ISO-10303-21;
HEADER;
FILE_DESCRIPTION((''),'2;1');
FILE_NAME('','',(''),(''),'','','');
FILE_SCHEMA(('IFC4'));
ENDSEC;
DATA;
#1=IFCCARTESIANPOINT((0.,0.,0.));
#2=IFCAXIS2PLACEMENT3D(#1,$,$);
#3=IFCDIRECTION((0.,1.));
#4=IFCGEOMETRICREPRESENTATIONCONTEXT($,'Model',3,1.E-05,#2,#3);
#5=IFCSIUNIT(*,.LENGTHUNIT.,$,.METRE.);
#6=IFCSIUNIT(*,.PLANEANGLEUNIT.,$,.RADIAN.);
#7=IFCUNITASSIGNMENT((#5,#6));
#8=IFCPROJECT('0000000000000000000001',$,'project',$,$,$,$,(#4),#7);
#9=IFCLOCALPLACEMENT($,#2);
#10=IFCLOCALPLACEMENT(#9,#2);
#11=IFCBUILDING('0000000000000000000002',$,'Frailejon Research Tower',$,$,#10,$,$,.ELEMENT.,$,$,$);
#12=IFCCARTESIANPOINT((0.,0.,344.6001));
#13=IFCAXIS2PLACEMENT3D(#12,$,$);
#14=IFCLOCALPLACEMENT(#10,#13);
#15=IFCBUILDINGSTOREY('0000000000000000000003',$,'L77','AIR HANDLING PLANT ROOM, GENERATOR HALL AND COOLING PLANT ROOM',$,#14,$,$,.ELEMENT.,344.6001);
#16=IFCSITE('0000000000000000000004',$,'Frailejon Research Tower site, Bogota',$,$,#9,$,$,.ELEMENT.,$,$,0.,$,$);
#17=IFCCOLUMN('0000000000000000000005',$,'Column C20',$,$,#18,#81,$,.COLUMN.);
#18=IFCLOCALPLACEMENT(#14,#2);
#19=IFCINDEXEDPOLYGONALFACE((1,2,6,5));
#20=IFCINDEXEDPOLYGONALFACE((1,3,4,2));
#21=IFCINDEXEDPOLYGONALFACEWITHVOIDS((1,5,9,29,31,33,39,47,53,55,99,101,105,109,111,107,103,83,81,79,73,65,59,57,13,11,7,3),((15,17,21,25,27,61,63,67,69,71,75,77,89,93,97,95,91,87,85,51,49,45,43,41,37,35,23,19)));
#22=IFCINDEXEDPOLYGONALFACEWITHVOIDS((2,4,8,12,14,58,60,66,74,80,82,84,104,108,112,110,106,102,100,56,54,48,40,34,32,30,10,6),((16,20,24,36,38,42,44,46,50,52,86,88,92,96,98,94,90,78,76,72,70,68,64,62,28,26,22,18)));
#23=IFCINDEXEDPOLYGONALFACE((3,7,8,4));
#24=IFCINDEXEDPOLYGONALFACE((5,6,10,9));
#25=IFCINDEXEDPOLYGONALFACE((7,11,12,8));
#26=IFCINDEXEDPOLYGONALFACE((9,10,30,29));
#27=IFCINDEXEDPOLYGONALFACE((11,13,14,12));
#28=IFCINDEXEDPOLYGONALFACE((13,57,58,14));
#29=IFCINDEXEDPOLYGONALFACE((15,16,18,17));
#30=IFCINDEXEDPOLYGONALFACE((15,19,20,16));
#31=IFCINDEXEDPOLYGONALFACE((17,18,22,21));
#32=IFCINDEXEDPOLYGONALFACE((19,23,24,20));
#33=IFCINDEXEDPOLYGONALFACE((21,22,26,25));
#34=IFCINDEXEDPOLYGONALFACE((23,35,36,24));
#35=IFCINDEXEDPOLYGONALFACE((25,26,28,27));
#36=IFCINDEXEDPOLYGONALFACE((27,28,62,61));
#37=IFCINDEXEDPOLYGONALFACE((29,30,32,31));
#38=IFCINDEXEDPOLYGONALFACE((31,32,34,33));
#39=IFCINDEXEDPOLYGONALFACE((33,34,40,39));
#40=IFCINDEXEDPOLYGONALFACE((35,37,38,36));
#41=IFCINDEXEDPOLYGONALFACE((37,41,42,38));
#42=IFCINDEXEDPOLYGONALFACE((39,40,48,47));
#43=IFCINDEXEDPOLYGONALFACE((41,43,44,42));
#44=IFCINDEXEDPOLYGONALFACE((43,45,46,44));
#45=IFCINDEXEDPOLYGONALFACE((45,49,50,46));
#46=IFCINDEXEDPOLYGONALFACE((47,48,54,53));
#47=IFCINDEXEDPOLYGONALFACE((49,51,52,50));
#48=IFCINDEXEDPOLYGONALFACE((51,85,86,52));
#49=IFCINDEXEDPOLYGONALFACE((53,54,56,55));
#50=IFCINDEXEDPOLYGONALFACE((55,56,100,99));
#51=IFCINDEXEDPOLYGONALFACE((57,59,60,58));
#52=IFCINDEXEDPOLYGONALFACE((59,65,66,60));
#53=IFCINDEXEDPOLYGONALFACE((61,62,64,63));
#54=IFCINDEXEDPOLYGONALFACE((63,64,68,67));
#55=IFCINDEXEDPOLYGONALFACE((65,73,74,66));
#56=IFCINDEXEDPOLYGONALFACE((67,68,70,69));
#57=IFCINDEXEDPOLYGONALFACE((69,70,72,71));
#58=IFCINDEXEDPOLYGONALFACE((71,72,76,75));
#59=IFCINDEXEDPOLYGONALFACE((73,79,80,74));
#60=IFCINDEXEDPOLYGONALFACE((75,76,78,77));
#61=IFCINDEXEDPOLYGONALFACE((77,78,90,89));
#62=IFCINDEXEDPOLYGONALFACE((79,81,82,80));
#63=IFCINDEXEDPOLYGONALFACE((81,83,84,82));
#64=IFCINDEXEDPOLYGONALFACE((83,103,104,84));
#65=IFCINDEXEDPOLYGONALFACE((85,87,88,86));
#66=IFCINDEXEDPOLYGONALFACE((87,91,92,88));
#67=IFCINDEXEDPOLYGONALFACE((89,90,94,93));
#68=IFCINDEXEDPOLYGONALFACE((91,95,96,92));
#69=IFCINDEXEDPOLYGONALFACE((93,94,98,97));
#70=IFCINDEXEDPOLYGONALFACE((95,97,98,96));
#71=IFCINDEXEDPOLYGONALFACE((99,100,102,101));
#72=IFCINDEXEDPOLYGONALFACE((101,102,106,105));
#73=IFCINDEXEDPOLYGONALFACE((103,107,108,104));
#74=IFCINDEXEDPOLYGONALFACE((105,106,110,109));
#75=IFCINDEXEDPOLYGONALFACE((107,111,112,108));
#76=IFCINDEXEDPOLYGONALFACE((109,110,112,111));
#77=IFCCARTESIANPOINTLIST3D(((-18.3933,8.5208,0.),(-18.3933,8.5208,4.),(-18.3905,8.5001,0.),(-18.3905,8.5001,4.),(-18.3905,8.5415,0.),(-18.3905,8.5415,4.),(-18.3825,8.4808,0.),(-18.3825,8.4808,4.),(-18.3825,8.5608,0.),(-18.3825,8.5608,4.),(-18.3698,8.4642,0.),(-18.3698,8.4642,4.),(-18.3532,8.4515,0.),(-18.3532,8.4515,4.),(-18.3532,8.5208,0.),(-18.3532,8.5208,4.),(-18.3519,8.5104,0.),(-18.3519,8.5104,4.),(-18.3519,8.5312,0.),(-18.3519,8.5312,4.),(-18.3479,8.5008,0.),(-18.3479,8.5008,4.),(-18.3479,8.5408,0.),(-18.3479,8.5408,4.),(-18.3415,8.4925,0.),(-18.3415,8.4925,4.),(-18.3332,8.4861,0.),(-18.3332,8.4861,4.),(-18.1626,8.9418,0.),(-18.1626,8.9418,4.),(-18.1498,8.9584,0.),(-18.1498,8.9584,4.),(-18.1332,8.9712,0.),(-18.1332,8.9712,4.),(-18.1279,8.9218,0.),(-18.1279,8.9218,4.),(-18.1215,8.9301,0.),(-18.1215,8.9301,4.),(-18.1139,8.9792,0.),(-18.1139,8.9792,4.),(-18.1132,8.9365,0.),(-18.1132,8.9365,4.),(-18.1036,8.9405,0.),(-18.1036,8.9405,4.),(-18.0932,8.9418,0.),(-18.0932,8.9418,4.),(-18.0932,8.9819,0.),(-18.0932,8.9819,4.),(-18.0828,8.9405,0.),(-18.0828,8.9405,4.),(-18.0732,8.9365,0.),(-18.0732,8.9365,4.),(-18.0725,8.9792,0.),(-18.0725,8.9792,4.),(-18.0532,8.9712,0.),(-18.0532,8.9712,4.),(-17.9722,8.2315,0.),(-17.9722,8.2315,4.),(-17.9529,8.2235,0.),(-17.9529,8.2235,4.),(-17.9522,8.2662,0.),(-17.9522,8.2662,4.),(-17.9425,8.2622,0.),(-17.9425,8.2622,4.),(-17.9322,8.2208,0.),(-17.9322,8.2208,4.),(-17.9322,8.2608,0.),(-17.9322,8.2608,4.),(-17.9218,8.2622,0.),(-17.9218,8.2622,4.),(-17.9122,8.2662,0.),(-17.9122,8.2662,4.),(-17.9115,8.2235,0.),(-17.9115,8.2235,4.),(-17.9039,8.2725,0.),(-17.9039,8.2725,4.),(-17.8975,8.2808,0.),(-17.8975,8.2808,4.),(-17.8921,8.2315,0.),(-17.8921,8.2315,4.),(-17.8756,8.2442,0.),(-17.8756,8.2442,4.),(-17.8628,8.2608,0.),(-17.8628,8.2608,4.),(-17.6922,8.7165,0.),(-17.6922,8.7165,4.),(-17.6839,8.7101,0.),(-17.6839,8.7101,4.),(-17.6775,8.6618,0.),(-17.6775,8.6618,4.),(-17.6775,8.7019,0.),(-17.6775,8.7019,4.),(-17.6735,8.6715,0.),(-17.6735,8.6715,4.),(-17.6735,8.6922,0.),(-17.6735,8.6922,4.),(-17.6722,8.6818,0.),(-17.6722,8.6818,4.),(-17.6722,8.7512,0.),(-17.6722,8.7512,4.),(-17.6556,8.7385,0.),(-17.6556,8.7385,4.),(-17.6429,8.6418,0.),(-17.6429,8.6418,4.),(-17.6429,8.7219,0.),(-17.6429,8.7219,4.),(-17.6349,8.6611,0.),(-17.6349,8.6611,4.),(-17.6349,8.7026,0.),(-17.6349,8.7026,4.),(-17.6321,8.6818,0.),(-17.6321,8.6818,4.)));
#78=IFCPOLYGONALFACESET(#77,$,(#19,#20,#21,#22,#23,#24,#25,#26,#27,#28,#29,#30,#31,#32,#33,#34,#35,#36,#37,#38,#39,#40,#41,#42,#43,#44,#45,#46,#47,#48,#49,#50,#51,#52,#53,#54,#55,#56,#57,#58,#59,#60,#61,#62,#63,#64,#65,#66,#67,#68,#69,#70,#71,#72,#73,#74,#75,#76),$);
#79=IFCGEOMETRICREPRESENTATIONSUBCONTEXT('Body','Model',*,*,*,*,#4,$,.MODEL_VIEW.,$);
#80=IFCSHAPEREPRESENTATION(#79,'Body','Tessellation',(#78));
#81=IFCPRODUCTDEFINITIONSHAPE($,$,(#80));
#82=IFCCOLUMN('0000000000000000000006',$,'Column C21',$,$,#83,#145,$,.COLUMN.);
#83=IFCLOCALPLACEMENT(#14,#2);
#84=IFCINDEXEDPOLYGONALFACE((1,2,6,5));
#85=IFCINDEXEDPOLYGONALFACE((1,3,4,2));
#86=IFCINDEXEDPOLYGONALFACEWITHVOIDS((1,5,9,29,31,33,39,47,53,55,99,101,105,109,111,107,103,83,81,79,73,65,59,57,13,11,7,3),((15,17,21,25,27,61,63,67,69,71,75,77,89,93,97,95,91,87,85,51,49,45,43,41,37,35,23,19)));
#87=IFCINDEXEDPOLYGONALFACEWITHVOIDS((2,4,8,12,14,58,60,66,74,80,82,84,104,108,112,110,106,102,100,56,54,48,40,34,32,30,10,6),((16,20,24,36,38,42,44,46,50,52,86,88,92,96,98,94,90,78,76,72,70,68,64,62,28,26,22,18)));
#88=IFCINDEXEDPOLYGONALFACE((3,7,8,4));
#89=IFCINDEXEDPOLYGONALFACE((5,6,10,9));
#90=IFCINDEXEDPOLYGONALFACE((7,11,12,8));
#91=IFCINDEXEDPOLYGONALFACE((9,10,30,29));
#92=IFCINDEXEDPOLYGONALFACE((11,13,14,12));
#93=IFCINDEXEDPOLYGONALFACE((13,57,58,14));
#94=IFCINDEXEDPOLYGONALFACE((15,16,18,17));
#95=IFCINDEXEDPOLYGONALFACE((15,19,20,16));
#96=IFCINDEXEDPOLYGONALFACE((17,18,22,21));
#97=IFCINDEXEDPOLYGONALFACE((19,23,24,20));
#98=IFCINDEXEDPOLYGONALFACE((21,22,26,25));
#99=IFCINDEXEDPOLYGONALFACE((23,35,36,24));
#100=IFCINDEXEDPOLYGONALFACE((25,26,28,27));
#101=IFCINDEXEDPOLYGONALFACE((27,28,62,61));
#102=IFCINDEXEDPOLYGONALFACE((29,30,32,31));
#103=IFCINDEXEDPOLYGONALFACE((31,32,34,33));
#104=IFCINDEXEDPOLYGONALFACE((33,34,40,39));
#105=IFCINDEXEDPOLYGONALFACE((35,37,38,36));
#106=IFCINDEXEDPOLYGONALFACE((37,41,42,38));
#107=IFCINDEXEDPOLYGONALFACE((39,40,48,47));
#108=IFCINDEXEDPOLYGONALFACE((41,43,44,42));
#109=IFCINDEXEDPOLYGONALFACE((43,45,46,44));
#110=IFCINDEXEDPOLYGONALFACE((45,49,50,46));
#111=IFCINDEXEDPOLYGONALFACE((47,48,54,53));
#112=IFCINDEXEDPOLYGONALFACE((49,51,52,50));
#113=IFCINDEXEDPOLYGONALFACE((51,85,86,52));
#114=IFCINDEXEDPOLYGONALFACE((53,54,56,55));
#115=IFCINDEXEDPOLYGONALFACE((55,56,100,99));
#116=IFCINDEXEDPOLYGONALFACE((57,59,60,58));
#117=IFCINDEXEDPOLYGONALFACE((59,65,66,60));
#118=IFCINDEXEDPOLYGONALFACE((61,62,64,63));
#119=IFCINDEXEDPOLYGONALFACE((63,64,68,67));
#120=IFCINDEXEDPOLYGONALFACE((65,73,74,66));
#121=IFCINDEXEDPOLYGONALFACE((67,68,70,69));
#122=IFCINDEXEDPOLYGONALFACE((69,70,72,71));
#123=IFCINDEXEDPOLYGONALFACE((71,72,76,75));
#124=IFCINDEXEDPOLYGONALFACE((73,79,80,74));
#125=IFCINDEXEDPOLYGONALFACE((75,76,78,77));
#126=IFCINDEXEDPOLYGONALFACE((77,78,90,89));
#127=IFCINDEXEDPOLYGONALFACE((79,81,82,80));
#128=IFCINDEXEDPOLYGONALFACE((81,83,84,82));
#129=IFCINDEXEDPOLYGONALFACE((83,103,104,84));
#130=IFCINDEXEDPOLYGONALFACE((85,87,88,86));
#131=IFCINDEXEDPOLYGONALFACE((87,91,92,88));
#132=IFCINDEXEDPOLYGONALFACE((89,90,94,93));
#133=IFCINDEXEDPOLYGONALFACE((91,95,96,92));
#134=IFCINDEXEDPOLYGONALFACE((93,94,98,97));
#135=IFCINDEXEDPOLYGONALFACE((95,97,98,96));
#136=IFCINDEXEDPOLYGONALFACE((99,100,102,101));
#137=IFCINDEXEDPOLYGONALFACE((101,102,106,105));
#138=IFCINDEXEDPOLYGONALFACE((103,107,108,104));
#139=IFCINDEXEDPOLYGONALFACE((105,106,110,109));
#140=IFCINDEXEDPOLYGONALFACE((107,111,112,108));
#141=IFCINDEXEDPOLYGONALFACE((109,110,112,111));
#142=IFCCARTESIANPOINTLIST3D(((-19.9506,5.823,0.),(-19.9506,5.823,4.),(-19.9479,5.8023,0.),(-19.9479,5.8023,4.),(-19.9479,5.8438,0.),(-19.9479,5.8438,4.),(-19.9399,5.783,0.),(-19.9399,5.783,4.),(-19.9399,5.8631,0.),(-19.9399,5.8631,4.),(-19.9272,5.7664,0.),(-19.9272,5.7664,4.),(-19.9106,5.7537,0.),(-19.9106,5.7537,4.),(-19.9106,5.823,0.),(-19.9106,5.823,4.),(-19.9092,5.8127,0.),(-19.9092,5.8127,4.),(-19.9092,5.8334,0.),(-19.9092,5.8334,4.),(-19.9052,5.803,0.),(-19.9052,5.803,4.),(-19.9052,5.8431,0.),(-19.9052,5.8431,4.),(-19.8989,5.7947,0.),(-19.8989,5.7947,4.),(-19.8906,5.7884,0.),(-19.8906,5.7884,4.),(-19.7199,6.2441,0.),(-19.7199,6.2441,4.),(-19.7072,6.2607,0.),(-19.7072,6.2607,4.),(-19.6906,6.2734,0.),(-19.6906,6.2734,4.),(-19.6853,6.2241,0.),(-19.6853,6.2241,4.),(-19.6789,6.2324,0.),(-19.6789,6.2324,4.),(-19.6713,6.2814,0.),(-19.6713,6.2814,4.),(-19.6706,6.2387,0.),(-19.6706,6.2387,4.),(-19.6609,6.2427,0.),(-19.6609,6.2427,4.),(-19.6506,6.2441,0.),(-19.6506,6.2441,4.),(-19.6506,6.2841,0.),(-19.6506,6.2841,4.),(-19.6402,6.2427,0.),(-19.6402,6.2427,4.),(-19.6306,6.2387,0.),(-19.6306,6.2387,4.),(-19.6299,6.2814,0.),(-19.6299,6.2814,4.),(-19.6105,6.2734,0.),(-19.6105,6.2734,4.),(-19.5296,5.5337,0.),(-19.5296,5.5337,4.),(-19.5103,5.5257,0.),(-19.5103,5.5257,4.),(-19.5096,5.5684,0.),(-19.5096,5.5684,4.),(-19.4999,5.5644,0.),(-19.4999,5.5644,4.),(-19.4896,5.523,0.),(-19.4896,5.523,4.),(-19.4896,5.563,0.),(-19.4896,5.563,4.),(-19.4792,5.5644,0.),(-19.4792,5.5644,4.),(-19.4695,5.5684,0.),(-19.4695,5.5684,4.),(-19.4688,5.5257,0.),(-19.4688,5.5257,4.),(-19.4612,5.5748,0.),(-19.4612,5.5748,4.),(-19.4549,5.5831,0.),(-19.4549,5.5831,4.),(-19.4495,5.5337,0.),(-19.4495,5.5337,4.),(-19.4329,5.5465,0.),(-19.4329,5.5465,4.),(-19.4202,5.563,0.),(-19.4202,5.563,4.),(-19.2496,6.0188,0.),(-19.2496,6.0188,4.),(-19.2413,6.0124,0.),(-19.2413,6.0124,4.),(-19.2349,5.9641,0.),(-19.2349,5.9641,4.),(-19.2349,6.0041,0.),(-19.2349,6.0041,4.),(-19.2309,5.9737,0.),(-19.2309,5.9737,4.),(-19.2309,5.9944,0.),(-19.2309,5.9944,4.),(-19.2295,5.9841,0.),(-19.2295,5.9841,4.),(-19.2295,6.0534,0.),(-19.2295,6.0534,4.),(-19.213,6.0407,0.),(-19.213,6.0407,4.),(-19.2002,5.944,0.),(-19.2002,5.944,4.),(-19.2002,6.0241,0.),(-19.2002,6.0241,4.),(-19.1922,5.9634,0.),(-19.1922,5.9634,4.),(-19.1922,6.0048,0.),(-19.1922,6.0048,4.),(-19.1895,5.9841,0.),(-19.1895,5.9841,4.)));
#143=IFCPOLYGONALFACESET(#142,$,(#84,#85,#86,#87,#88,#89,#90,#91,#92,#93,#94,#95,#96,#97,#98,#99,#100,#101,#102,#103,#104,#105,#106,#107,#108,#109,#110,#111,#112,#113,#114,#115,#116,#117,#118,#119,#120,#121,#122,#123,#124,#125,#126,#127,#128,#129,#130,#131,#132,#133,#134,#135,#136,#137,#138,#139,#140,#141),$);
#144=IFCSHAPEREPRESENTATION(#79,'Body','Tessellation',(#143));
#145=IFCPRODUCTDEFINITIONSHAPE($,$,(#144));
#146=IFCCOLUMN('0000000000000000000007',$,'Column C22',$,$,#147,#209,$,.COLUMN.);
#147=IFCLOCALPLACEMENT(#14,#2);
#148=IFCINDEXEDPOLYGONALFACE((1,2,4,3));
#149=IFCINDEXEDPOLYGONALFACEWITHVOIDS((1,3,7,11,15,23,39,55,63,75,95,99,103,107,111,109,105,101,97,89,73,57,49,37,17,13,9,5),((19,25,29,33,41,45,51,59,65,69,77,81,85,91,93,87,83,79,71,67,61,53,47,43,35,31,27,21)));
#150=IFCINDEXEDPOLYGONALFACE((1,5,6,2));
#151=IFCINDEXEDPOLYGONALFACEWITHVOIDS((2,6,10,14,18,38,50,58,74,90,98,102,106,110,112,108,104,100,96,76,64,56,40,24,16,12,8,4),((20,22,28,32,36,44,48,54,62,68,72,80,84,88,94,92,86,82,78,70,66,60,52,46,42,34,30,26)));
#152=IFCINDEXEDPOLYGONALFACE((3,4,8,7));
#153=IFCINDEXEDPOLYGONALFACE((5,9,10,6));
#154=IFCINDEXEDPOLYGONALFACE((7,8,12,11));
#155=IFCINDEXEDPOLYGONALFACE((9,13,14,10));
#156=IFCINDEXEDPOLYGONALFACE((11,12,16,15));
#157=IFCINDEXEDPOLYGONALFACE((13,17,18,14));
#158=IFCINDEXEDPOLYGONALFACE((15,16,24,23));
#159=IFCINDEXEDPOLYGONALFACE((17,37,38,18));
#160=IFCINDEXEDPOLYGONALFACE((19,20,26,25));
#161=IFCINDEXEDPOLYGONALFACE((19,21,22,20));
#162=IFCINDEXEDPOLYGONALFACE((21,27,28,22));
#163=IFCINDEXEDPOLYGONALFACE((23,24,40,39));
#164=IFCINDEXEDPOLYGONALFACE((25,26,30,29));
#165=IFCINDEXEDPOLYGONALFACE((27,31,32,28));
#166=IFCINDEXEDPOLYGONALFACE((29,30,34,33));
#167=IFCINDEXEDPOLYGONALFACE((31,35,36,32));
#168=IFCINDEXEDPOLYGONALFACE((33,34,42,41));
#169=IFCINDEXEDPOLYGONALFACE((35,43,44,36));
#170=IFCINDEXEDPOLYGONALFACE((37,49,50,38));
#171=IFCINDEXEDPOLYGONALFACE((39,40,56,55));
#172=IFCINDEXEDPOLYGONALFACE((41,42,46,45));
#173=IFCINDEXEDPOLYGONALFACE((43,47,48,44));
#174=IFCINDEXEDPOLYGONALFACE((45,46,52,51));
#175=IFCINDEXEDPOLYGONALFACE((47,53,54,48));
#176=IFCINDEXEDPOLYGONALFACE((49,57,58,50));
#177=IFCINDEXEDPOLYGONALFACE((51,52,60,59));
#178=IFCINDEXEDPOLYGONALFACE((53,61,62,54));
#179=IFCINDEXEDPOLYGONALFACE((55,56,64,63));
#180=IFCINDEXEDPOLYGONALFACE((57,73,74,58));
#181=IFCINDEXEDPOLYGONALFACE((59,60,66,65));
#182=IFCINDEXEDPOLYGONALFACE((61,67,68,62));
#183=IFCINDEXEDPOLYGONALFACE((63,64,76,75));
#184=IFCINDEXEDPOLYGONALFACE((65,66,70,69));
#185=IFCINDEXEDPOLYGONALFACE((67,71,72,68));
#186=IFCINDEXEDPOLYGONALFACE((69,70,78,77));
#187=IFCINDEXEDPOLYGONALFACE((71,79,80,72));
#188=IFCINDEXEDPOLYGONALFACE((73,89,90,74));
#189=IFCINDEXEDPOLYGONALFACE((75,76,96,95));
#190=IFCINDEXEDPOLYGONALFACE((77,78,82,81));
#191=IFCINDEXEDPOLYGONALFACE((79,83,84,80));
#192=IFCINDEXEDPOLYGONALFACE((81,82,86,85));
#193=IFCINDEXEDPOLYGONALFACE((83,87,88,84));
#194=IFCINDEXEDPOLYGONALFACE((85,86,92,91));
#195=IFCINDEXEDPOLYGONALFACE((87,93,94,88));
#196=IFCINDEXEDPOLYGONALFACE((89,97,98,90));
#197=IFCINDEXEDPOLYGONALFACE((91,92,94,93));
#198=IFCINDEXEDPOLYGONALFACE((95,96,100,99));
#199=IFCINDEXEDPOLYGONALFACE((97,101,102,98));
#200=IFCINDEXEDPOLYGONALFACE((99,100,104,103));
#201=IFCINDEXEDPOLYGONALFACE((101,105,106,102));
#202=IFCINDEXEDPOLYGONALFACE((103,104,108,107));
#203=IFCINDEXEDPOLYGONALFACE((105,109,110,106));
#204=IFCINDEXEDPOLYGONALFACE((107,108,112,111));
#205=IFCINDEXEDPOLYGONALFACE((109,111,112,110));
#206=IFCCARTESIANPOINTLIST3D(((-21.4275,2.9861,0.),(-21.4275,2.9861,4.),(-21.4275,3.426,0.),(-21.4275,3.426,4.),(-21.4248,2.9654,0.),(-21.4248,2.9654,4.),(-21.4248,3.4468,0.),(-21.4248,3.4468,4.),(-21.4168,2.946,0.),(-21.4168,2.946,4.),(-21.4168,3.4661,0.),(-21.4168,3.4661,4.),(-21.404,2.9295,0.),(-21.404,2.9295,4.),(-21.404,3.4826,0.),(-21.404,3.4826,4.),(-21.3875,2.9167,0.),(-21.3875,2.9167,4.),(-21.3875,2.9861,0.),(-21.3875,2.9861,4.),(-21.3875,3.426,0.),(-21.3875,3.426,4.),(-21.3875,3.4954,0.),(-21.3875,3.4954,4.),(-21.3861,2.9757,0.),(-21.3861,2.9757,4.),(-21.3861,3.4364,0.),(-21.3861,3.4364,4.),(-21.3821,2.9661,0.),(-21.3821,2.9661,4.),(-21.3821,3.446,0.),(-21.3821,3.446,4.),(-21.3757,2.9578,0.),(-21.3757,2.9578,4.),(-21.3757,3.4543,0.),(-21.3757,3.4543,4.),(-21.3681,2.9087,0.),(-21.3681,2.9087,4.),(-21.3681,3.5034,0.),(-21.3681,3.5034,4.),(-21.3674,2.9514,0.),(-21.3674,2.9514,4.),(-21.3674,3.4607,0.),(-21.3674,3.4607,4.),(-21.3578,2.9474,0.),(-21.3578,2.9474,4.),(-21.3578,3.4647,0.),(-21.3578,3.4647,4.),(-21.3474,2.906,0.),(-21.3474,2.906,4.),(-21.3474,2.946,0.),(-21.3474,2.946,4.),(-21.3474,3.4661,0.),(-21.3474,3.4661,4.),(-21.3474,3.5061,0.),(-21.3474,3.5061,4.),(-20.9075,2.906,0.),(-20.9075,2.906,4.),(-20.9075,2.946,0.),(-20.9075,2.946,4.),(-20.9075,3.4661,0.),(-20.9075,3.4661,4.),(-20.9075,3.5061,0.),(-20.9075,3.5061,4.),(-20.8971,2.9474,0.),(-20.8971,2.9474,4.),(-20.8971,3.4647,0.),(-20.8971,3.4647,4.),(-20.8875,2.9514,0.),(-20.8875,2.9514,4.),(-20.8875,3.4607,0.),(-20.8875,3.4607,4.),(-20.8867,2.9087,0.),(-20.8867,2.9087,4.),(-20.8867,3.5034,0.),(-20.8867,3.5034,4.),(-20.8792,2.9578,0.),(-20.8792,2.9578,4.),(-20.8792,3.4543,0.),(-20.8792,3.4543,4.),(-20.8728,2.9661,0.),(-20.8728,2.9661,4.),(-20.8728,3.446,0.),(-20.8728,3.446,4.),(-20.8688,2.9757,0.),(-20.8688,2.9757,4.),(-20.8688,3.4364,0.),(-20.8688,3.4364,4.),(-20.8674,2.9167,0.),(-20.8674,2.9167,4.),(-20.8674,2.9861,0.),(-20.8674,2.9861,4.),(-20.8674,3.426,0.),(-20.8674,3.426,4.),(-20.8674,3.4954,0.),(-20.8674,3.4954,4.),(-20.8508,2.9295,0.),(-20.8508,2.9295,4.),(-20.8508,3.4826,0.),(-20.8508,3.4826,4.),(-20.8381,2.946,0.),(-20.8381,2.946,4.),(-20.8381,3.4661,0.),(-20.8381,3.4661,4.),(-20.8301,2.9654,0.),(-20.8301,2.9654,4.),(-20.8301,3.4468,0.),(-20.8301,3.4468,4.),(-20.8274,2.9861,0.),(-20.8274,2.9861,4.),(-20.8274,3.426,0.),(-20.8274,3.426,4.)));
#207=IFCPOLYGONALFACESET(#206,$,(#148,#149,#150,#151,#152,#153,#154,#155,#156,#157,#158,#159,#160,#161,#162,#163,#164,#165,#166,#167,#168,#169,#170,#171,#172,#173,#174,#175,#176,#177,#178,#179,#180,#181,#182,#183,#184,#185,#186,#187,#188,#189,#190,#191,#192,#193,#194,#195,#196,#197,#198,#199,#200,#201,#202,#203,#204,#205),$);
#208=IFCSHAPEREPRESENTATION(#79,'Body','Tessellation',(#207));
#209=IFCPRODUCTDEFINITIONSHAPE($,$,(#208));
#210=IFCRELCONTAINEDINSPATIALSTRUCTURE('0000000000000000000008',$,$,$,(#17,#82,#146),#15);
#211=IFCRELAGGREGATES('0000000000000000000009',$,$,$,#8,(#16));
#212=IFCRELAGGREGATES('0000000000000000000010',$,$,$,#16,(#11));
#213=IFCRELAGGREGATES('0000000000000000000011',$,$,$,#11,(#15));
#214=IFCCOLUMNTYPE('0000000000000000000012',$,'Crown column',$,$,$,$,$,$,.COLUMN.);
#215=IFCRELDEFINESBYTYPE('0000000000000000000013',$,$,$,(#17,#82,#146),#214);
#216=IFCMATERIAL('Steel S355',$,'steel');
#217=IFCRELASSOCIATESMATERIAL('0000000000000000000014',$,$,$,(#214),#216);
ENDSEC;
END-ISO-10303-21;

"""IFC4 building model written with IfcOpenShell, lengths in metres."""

from ifc_helpers import new_model, si_unit, direction, frame, origin, origin_2d, place, context, subcontext, project, spatial, hollow_rectangle, extrude, material, material_profile, profile_set, type_object, element, save


model = new_model("IFC4")

# Units and contexts
model_context = context("Model", 3, precision=1e-05, world=origin(), true_north=direction((0.0, 1.0)))
body_context = subcontext(model_context, "Body", "Model", "MODEL_VIEW")
ifc_project = project(units=[si_unit("LENGTHUNIT", "METRE"), si_unit("PLANEANGLEUNIT", "RADIAN")], contexts=[model_context])

# Site, building, storey
site_placement = place(None, origin())
site = spatial("IfcSite", under=ifc_project, at=site_placement, Name="Frailejon Research Tower site, Bogota", CompositionType="ELEMENT", RefElevation=0.0)
building_placement = place(site_placement, origin())
building = spatial("IfcBuilding", under=site, at=building_placement, Name="Frailejon Research Tower", CompositionType="ELEMENT")
storey_placement = place(building_placement, frame((0.0, 0.0, 344.6001)))
storey = spatial("IfcBuildingStorey", under=building, at=storey_placement, Name="L77", Description="AIR HANDLING PLANT ROOM, GENERATOR HALL AND COOLING PLANT ROOM", CompositionType="ELEMENT", Elevation=344.6001)

# Columns
ifc_material_1 = material(Name="Steel S355", Category="steel")
ifc_material_profile_1 = material_profile(ifc_material_1, hollow_rectangle(XDim=0.6001, YDim=0.6001, WallThickness=0.04, InnerFilletRadius=0.04, OuterFilletRadius=0.0801, at=origin_2d()), Name="Crown column")
ifc_profile_set_1 = profile_set([ifc_material_profile_1], Name="Steel S355")
column_type = type_object("IfcColumnType", Name="Crown column", PredefinedType="COLUMN", material=ifc_profile_set_1)
for number, where, z_axis, x_axis, name in (
    (1, (-18.0127, 8.6013, 0.0), (0.0, 0.0, 1.0), (-0.5, -0.866025, 0.0), "Column C20"),
    (2, (-19.5701, 5.9036, 0.0), (0.0, 0.0, 1.0), (-0.5, -0.866025, 0.0), "Column C21"),
    (3, (-21.1274, 3.2061, 0.0), (0.0, 0.0, 1.0), (0.0, -1.0, 0.0), "Column C22"),
):
    element("IfcColumn", number, at=place(storey_placement, frame(where, z_axis=z_axis, x_axis=x_axis)), inside=storey, type_object=column_type, Name=name, PredefinedType="COLUMN", context=body_context, shape_type="SweptSolid", body=[
        extrude(hollow_rectangle(XDim=0.6001, YDim=0.6001, WallThickness=0.04, InnerFilletRadius=0.04, OuterFilletRadius=0.0801, at=origin_2d()), origin(), (0.0, 0.0, 1.0), 4.0),
    ])

save(model, "model.ifc")
